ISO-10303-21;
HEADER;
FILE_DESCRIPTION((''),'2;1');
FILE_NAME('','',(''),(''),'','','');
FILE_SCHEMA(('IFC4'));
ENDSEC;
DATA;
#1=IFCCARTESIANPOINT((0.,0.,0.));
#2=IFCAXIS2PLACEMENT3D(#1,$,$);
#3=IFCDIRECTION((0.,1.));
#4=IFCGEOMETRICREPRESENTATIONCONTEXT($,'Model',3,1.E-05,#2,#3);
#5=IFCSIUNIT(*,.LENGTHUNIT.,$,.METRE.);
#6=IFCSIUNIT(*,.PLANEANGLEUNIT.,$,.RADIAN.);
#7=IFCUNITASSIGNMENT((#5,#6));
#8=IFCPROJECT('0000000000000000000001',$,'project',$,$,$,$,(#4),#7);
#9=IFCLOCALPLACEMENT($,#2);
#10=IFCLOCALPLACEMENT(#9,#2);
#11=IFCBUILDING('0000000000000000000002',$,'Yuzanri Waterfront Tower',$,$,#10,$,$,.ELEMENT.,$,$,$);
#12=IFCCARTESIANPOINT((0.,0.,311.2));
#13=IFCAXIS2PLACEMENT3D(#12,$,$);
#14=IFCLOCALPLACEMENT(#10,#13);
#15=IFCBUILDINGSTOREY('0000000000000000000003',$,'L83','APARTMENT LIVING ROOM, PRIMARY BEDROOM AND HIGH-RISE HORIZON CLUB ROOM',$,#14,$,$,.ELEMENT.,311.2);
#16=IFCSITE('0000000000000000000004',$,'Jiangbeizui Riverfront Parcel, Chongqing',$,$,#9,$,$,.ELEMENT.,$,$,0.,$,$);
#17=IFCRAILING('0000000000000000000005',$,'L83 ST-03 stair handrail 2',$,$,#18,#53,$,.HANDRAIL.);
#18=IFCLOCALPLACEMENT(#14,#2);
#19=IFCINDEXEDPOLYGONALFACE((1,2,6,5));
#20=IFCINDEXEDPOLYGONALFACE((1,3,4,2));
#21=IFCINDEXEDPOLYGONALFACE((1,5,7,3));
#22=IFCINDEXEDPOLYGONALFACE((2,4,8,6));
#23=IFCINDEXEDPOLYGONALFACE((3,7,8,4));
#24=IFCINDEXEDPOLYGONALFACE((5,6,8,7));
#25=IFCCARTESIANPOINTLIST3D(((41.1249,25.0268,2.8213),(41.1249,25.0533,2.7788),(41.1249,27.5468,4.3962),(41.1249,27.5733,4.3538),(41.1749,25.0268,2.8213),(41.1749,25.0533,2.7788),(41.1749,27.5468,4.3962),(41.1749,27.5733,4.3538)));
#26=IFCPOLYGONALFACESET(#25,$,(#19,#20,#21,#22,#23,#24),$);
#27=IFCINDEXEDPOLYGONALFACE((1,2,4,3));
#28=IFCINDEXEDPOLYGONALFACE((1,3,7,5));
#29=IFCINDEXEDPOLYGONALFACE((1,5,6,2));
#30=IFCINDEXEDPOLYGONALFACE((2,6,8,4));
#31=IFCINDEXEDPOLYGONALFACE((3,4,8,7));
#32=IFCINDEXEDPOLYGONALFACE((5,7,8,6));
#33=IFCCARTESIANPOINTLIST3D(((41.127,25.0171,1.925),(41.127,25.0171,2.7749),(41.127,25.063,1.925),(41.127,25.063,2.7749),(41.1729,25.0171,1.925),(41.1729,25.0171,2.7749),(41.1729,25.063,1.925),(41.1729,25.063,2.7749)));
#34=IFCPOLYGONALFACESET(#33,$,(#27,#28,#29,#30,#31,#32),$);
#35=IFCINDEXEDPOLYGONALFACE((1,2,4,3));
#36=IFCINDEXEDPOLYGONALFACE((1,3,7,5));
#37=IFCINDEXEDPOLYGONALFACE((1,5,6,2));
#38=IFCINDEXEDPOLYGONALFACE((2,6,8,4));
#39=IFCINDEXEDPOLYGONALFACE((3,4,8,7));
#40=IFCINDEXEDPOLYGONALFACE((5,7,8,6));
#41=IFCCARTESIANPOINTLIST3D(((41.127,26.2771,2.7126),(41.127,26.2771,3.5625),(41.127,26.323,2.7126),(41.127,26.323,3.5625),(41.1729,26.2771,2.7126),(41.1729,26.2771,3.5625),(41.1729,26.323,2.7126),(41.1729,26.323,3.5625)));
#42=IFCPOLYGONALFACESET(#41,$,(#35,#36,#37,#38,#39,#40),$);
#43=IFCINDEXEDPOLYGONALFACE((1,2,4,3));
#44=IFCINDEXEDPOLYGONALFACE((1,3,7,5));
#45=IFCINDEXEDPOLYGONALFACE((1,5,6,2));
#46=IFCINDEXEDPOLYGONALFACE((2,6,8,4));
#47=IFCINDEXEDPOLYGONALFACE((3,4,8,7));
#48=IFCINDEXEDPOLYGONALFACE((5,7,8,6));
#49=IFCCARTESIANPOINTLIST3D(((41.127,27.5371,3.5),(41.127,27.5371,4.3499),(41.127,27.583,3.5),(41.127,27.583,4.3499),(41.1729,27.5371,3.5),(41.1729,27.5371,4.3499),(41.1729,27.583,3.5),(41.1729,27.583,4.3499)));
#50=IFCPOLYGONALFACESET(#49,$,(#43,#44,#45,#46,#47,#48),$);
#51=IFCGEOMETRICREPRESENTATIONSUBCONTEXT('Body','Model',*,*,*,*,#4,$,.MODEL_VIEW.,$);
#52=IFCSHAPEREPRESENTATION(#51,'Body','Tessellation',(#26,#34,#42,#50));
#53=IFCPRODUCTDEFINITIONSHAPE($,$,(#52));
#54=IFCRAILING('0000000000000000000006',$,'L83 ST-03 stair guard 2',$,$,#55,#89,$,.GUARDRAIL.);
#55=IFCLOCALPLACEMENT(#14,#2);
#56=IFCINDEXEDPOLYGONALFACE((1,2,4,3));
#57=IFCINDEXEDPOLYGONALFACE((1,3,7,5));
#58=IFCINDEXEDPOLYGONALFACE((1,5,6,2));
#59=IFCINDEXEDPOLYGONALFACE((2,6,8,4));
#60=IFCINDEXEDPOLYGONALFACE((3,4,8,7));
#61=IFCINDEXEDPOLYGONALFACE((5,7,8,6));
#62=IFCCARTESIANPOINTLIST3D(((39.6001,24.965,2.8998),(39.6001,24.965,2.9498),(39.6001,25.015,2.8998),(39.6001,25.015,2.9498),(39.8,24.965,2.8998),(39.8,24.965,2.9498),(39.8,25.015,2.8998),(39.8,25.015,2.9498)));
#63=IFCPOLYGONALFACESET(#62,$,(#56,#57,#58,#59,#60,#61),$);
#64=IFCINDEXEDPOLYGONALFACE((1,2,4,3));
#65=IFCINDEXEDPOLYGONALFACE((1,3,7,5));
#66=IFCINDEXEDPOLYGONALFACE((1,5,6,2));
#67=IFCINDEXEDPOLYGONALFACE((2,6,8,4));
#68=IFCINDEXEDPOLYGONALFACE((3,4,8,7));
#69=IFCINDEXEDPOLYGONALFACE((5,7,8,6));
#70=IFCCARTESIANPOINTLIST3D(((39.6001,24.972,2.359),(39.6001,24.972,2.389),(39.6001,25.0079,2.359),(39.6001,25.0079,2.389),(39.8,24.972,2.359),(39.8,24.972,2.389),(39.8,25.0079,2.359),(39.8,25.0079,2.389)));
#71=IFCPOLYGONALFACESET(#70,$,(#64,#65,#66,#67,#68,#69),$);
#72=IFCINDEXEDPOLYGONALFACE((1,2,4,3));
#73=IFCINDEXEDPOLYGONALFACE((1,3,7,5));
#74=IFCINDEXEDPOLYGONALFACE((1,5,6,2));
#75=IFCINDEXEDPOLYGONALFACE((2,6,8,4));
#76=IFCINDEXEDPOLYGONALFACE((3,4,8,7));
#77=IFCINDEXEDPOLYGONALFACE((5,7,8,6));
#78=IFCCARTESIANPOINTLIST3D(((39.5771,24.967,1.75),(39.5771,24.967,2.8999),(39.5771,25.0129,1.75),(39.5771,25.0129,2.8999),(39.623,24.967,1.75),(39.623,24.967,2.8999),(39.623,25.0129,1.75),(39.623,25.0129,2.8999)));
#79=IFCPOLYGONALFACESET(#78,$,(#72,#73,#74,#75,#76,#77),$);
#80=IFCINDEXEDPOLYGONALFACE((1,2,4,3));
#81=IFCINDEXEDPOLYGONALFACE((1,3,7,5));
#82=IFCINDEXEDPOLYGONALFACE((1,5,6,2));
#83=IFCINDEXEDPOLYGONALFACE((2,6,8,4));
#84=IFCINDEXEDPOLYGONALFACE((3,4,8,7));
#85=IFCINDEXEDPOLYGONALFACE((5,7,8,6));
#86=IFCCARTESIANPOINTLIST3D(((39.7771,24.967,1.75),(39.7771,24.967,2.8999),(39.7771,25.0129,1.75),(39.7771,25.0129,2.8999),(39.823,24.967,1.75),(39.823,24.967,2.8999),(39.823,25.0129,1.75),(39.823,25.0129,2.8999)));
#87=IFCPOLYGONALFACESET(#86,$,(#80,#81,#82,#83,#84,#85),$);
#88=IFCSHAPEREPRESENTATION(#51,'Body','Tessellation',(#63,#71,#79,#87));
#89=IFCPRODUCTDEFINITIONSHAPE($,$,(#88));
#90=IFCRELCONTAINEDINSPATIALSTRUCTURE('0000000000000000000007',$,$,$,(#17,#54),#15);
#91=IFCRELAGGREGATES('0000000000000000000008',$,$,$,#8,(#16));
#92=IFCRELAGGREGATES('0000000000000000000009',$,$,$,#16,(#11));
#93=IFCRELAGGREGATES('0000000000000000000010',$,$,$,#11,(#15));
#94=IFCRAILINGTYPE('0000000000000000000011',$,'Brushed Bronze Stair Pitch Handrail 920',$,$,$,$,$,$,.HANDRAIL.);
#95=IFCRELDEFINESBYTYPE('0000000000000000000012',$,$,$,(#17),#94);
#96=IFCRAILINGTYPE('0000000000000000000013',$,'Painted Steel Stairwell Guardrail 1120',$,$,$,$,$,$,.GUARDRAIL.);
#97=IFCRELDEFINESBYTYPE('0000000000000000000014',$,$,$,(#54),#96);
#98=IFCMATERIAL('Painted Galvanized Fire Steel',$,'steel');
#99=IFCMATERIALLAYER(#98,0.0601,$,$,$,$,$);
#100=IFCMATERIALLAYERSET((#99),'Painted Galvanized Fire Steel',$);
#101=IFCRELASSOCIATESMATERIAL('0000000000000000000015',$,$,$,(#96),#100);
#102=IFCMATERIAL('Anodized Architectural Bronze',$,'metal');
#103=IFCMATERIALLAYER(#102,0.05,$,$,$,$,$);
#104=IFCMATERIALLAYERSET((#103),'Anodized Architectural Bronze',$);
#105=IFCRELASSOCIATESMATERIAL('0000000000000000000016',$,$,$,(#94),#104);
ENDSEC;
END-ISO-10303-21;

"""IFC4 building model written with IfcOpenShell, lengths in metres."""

from ifc_helpers import new_model, si_unit, direction, frame, origin, origin_2d, place, context, subcontext, project, spatial, rectangle, extrude, source, transform, mapped, material, layer, layer_set, type_object, element, save


model = new_model("IFC4")

# Units and contexts
model_context = context("Model", 3, precision=1e-05, world=origin(), true_north=direction((0.0, 1.0)))
body_context = subcontext(model_context, "Body", "Model", "MODEL_VIEW")
ifc_project = project(units=[si_unit("LENGTHUNIT", "METRE"), si_unit("PLANEANGLEUNIT", "RADIAN")], contexts=[model_context])

# Site, building, storey
site_placement = place(None, origin())
site = spatial("IfcSite", under=ifc_project, at=site_placement, Name="Jiangbeizui Riverfront Parcel, Chongqing", CompositionType="ELEMENT", RefElevation=0.0)
building_placement = place(site_placement, origin())
building = spatial("IfcBuilding", under=site, at=building_placement, Name="Yuzanri Waterfront Tower", CompositionType="ELEMENT")
storey_placement = place(building_placement, frame((0.0, 0.0, 311.2)))
storey = spatial("IfcBuildingStorey", under=building, at=storey_placement, Name="L83", Description="APARTMENT LIVING ROOM, PRIMARY BEDROOM AND HIGH-RISE HORIZON CLUB ROOM", CompositionType="ELEMENT", Elevation=311.2)

# Railings
ifc_material_1 = material(Name="Painted Galvanized Fire Steel", Category="steel")
ifc_layer_1 = layer(ifc_material_1, 0.0601)
ifc_layer_set_1 = layer_set([ifc_layer_1], Name="Painted Galvanized Fire Steel")
railing_type_1 = type_object("IfcRailingType", Name="Painted Steel Stairwell Guardrail 1120", PredefinedType="GUARDRAIL", material=ifc_layer_set_1)
ifc_material_2 = material(Name="Anodized Architectural Bronze", Category="metal")
ifc_layer_2 = layer(ifc_material_2, 0.05)
ifc_layer_set_2 = layer_set([ifc_layer_2], Name="Anodized Architectural Bronze")
railing_type_2 = type_object("IfcRailingType", Name="Brushed Bronze Stair Pitch Handrail 920", PredefinedType="HANDRAIL", material=ifc_layer_set_2)
shared_shape_1 = source(origin(), body_context, "Body", "SweptSolid", [
    extrude(rectangle(XDim=0.05, YDim=0.05, at=origin_2d()), frame((0.0, 0.0, 0.875), z_axis=(0.0, 0.848008, 0.529984), x_axis=(-1.0, 0.0, 0.0)), (0.0, 0.0, 1.0), 2.9717),
    extrude(rectangle(XDim=0.0459, YDim=0.0459, at=origin_2d()), origin(), (0.0, 0.0, 1.0), 0.8499),
    extrude(rectangle(XDim=0.0459, YDim=0.0459, at=origin_2d()), frame((0.0, 1.26, 0.7876)), (0.0, 0.0, 1.0), 0.8499),
    extrude(rectangle(XDim=0.0459, YDim=0.0459, at=origin_2d()), frame((0.0, 2.52, 1.575)), (0.0, 0.0, 1.0), 0.8499),
])
railing_1_placement = place(storey_placement, frame((41.1499, 25.04, 1.925)))
element("IfcRailing", 1, at=railing_1_placement, inside=storey, type_object=railing_type_2, Name="L83 ST-03 stair handrail 2", PredefinedType="HANDRAIL", context=body_context, shape_type="MappedRepresentation", body=[
    mapped(shared_shape_1, transform((0.0, 0.0, 0.0), scale=1.0)),
])
shared_shape_2 = source(origin(), body_context, "Body", "SweptSolid", [
    extrude(rectangle(XDim=0.05, YDim=0.05, at=origin_2d()), frame((0.0, 0.0, 1.1748), z_axis=(1.0, 0.0, 0.0), x_axis=(0.0, 1.0, 0.0)), (0.0, 0.0, 1.0), 0.2),
    extrude(rectangle(XDim=0.0359, YDim=0.03, at=origin_2d()), frame((0.0, 0.0, 0.624), z_axis=(1.0, 0.0, 0.0), x_axis=(0.0, 1.0, 0.0)), (0.0, 0.0, 1.0), 0.2),
    extrude(rectangle(XDim=0.0459, YDim=0.0459, at=origin_2d()), origin(), (0.0, 0.0, 1.0), 1.1499),
    extrude(rectangle(XDim=0.0459, YDim=0.0459, at=origin_2d()), frame((0.2, 0.0, 0.0)), (0.0, 0.0, 1.0), 1.1499),
])
railing_2_placement = place(storey_placement, frame((39.6001, 24.99, 1.75)))
element("IfcRailing", 2, at=railing_2_placement, inside=storey, type_object=railing_type_1, Name="L83 ST-03 stair guard 2", PredefinedType="GUARDRAIL", context=body_context, shape_type="MappedRepresentation", body=[
    mapped(shared_shape_2, transform((0.0, 0.0, 0.0), scale=1.0)),
])

save(model, "model.ifc")
